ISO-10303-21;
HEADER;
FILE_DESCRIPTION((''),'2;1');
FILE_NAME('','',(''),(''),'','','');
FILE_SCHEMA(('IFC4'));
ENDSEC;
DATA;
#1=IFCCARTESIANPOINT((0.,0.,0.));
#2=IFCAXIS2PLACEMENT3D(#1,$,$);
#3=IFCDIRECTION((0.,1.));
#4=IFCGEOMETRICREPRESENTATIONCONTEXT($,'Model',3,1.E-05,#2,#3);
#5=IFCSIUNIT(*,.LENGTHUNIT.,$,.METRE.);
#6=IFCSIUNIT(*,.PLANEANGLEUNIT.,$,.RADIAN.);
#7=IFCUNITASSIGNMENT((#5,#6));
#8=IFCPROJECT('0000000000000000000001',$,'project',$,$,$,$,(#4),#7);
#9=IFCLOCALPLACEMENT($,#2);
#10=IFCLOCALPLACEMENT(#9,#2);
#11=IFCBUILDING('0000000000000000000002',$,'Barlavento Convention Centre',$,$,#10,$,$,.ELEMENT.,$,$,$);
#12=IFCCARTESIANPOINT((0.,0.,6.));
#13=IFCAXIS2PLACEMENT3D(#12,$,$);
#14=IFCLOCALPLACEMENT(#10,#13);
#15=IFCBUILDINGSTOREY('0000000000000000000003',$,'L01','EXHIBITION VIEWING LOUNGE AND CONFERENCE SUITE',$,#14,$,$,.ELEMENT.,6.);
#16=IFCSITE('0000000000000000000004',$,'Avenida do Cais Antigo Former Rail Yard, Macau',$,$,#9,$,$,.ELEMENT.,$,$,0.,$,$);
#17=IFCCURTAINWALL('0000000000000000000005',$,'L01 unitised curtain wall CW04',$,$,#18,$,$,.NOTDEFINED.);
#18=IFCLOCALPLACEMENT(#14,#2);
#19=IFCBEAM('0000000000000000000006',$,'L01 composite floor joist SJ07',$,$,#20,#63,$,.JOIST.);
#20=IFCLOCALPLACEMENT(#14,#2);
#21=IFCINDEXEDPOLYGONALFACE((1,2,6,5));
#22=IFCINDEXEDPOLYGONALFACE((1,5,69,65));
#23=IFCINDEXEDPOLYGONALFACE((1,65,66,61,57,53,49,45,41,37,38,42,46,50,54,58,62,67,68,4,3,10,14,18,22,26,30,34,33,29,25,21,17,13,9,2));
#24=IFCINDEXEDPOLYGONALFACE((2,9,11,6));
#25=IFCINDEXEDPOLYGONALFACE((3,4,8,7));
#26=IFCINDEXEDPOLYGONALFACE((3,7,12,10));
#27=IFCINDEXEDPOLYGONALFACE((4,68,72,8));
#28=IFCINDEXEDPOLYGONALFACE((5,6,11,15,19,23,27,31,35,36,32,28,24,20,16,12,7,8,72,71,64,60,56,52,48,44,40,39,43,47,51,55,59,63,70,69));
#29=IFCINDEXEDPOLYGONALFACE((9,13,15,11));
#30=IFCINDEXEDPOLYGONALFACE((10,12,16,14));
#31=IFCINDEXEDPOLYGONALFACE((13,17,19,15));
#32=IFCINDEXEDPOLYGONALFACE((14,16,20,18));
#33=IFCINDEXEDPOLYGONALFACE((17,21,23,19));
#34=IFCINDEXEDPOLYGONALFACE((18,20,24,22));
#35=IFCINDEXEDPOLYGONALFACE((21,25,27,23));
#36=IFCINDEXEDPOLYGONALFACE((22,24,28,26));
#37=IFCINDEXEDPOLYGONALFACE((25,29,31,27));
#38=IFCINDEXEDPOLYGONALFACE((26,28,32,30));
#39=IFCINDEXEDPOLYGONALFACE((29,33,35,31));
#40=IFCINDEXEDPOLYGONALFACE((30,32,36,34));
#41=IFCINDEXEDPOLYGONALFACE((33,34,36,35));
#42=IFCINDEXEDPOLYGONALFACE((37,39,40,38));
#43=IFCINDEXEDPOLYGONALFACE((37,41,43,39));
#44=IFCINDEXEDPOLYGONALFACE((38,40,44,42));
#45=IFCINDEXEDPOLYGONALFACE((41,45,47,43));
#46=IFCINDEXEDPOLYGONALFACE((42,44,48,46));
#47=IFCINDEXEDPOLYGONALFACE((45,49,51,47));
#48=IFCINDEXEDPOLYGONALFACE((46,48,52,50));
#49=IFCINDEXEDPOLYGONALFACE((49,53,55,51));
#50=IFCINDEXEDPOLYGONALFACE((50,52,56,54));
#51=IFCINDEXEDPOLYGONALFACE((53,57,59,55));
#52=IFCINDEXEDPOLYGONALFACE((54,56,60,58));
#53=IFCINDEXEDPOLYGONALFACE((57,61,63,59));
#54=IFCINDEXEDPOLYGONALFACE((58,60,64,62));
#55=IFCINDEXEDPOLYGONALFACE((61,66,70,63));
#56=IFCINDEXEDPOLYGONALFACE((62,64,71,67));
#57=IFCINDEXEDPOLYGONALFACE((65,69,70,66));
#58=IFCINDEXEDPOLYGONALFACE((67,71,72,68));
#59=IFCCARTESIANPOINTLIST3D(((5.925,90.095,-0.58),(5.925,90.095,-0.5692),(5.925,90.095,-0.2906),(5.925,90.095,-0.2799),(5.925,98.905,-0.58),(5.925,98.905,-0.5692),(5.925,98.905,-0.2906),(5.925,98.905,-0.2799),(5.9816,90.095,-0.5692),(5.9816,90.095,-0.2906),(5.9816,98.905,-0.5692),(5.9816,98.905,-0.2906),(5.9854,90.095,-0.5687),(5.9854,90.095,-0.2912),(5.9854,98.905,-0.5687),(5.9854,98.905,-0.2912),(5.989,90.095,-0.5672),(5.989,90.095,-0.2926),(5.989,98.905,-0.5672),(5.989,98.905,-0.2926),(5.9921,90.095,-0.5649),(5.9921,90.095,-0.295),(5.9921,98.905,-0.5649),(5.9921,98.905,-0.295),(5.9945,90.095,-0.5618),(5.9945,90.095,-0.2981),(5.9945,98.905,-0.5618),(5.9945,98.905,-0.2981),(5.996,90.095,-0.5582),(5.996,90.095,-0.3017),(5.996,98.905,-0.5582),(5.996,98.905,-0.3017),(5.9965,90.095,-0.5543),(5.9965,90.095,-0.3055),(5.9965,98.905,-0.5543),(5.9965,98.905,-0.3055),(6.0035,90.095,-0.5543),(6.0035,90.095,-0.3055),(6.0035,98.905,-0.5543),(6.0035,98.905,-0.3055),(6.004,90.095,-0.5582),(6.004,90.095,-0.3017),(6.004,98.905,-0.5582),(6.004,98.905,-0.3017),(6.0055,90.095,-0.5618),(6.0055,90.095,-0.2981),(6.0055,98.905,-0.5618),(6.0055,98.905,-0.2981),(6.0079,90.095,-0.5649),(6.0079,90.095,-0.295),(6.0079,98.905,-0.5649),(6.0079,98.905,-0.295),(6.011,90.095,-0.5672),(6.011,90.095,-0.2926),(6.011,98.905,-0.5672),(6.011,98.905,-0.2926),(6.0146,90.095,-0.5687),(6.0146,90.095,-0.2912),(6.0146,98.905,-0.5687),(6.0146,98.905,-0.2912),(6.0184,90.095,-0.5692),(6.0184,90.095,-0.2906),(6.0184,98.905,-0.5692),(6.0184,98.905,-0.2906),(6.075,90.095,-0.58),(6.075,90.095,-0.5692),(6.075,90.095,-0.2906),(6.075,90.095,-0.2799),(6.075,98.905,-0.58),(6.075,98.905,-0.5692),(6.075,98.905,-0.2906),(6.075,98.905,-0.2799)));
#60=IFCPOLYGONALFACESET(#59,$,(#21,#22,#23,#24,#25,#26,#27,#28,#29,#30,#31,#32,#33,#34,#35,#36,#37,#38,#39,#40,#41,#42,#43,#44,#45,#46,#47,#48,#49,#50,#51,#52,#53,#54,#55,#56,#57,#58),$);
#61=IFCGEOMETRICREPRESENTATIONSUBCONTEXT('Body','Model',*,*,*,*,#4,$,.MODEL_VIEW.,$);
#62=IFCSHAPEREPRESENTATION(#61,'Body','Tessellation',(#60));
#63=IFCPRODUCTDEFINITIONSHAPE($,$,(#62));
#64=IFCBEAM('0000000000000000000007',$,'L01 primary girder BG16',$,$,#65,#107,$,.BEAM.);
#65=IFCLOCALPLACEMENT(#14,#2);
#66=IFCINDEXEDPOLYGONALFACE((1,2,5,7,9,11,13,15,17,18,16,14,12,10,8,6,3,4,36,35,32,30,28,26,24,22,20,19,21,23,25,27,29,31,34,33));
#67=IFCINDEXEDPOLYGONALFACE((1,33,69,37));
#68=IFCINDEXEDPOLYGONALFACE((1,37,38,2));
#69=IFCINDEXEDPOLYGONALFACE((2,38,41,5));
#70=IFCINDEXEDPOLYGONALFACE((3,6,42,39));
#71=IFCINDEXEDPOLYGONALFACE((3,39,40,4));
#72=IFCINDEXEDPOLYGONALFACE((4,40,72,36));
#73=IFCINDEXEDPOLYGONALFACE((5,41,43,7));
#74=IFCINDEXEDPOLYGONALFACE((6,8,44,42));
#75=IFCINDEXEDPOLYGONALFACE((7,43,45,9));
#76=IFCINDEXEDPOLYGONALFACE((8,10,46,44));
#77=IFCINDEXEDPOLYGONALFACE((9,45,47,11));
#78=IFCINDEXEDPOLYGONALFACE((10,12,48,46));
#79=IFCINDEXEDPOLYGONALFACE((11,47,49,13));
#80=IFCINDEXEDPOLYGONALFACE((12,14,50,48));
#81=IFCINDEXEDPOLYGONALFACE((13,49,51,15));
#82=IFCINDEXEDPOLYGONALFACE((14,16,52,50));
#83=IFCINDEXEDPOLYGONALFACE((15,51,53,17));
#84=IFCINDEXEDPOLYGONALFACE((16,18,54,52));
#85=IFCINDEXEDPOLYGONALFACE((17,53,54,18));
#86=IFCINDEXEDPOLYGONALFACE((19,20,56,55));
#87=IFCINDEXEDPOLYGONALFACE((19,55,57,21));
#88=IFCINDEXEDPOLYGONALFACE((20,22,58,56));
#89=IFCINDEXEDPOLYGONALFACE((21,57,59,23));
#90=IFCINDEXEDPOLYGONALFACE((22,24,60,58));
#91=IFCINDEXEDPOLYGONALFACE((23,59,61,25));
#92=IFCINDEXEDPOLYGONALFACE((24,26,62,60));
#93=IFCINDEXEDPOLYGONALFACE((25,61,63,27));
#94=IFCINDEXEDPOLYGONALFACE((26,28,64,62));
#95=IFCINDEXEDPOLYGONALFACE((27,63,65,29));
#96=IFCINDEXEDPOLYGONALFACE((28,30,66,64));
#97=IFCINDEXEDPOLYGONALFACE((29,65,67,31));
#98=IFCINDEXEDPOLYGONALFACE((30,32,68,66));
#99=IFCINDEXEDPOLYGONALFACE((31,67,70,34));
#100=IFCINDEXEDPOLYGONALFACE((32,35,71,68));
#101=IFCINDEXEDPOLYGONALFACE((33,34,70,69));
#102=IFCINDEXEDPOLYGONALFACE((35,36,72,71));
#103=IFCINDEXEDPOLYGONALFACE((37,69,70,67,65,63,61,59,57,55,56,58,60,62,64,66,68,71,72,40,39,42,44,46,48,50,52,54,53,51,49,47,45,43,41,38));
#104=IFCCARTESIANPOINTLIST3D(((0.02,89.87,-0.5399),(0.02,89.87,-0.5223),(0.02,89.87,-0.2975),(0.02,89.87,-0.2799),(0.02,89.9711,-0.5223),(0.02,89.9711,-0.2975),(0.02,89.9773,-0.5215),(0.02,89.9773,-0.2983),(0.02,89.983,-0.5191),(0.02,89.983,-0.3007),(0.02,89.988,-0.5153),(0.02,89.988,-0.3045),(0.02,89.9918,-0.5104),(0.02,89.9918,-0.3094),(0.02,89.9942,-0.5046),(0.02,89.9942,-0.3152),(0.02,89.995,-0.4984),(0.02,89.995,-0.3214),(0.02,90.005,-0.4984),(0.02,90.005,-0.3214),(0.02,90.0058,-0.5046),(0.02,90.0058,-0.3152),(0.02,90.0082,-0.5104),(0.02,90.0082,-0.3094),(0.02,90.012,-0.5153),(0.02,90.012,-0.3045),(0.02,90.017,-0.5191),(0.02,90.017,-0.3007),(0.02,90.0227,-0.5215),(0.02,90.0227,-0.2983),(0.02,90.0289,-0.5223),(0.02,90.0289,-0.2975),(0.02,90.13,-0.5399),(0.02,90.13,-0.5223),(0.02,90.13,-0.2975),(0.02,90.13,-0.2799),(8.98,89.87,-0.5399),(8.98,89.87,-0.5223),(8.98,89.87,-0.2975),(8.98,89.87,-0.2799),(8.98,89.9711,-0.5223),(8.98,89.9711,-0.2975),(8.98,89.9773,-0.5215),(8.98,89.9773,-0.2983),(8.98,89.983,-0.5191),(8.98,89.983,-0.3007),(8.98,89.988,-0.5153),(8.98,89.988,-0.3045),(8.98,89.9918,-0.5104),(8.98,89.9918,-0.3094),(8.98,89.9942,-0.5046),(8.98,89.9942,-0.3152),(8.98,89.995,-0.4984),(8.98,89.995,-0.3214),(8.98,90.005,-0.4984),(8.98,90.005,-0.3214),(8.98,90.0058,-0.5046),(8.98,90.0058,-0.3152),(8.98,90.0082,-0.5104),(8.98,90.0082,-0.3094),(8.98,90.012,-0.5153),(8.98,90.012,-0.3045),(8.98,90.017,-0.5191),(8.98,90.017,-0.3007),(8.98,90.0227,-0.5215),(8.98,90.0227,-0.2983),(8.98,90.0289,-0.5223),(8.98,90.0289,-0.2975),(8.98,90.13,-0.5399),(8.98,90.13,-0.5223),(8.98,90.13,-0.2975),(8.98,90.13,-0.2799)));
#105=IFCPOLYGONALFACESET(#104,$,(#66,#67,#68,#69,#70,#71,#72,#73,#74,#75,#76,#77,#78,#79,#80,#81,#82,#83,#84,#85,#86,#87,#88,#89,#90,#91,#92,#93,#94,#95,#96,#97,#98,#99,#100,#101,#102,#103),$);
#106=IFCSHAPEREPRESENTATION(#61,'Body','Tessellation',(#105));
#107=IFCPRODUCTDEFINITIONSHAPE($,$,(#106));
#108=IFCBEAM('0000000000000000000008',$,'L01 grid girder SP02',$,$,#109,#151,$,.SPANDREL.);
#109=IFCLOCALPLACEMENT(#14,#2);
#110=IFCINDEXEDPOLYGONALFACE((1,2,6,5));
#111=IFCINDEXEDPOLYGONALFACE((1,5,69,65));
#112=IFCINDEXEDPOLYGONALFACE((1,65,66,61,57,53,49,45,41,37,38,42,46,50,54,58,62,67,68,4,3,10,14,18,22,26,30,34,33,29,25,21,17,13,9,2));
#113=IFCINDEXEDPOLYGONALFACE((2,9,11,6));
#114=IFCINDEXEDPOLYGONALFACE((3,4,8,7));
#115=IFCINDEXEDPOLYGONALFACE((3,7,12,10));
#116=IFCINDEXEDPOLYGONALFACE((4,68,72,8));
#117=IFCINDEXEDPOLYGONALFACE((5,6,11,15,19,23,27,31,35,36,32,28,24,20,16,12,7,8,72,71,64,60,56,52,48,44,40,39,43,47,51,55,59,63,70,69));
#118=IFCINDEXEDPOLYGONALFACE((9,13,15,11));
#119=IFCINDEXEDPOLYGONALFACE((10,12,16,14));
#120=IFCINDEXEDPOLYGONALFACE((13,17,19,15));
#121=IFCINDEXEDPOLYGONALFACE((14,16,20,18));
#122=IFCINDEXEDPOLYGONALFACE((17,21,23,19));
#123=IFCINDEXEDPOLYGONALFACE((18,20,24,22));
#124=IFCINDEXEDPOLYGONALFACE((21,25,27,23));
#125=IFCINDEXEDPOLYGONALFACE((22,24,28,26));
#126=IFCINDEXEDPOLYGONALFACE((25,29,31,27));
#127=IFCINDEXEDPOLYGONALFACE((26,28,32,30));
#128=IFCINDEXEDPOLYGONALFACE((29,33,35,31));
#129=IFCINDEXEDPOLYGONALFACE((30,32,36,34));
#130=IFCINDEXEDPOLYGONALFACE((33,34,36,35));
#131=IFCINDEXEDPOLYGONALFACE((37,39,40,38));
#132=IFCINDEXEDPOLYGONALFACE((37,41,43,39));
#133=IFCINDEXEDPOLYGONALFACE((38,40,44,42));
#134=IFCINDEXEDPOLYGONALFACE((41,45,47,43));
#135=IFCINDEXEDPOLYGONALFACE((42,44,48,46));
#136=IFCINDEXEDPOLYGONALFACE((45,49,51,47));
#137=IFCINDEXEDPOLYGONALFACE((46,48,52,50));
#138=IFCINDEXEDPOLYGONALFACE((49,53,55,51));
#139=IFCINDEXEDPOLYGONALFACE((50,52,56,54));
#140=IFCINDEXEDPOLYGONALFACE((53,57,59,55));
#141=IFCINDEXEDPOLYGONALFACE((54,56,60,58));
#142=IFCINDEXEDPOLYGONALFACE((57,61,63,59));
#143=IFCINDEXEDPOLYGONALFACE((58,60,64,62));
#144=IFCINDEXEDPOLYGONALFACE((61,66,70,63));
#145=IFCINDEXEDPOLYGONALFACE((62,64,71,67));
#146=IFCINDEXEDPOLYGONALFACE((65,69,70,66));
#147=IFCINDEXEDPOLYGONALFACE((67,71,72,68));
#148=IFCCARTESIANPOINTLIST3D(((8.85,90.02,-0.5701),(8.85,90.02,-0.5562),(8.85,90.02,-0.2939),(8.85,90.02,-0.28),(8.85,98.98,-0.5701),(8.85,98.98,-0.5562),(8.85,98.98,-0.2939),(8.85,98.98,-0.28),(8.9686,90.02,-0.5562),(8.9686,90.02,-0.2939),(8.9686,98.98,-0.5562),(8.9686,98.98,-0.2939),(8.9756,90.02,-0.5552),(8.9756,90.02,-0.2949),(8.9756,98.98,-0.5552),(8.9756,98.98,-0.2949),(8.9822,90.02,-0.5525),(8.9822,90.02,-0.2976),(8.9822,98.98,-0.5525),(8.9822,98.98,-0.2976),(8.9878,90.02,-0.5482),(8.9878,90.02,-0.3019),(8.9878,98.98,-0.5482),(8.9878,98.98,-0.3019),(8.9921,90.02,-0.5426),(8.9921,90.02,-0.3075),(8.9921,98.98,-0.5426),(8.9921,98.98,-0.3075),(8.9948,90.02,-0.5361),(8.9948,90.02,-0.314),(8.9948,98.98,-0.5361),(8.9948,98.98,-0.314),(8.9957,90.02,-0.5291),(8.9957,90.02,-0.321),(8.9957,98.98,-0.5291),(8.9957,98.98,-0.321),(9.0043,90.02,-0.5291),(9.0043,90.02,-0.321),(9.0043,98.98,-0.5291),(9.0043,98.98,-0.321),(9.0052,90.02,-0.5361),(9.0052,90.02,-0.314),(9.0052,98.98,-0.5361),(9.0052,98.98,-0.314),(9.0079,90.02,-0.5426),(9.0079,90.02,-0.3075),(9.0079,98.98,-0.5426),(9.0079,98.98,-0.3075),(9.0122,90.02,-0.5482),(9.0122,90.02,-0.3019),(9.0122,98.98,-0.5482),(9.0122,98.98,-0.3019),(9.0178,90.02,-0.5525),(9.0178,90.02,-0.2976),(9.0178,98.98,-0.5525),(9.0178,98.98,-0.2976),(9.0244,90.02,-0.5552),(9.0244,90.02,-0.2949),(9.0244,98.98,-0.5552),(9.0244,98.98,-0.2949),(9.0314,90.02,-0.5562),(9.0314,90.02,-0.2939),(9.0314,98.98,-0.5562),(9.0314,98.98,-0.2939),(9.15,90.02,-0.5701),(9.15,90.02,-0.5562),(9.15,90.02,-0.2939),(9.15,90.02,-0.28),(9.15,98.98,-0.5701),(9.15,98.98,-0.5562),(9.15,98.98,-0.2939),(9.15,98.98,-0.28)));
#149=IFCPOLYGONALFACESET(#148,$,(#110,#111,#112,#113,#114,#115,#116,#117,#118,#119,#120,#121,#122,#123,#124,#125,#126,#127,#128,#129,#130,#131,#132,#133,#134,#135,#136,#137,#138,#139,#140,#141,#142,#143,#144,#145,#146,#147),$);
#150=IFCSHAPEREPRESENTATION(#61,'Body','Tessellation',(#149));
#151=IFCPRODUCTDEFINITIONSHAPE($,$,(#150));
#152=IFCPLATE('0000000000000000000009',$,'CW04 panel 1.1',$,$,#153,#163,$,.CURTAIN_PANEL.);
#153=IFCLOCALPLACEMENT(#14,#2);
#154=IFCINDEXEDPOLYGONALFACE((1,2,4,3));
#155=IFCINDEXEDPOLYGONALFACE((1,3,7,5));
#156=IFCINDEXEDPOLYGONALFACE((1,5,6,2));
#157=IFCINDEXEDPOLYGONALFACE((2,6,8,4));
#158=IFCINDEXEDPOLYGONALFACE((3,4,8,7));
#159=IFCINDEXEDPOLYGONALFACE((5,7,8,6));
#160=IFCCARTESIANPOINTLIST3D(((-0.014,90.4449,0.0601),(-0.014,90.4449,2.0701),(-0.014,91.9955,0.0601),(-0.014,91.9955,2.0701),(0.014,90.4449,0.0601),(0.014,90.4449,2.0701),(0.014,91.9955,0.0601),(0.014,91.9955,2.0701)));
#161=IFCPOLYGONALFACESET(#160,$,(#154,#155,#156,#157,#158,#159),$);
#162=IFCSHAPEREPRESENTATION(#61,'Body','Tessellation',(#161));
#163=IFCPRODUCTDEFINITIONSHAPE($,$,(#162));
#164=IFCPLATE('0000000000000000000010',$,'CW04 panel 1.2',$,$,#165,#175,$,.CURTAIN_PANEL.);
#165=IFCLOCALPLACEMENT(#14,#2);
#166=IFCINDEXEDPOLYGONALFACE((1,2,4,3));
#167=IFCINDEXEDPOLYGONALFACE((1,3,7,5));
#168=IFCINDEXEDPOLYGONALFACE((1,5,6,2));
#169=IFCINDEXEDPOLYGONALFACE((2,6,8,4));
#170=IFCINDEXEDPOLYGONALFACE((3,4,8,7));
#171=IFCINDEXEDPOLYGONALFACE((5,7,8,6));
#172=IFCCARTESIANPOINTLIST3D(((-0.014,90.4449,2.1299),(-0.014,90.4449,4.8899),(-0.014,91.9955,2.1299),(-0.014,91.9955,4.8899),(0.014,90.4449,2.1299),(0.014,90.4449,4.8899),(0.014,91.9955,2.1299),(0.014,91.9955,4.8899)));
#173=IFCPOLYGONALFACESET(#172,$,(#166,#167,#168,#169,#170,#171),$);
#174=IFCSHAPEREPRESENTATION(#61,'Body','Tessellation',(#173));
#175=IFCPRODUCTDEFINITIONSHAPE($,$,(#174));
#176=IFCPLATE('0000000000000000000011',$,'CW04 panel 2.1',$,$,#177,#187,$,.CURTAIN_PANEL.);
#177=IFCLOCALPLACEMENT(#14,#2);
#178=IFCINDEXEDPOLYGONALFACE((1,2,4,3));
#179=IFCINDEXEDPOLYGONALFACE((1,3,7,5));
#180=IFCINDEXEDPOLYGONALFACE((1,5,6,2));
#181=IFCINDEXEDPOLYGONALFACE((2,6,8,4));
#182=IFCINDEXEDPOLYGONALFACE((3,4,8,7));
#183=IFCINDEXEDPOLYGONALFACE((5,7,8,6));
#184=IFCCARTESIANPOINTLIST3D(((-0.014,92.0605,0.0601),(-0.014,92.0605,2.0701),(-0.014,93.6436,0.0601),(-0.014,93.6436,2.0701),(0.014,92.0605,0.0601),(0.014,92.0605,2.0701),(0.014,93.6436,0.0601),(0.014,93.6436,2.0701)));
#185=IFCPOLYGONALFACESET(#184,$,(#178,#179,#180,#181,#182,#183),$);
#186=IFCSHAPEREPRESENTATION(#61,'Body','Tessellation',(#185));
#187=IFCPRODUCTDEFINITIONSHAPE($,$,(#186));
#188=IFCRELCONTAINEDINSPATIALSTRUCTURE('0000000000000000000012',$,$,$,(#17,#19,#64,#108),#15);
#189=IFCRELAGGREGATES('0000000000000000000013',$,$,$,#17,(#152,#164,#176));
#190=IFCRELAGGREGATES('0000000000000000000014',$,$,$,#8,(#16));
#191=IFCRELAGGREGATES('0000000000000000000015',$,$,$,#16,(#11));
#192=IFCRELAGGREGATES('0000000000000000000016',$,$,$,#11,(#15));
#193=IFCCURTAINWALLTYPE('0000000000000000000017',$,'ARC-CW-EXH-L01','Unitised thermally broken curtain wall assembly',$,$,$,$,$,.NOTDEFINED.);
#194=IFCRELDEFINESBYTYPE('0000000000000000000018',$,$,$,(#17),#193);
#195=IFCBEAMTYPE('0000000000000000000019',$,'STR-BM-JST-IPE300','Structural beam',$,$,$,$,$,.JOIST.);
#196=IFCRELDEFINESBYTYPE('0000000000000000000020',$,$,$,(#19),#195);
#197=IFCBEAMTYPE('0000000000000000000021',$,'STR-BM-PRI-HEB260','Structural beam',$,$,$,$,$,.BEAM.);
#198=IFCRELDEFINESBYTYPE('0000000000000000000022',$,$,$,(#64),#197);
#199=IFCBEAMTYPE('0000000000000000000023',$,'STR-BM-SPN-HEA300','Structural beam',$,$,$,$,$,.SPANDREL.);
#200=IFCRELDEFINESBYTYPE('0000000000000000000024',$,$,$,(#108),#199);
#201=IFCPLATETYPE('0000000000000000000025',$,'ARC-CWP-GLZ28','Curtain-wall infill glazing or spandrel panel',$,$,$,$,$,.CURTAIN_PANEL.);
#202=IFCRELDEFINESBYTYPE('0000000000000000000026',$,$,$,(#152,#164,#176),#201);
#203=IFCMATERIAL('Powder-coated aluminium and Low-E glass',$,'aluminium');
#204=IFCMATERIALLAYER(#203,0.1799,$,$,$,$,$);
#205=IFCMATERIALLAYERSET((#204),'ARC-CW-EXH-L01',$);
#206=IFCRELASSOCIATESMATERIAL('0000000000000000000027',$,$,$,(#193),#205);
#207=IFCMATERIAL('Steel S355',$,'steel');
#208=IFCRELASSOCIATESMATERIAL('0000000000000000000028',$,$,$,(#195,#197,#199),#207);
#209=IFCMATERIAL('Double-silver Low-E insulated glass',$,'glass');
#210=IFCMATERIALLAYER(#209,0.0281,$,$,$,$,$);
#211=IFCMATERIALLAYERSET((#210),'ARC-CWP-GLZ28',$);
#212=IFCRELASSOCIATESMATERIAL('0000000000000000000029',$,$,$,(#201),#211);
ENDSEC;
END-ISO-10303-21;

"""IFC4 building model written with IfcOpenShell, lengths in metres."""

from ifc_helpers import new_model, si_unit, direction, frame, origin, origin_2d, place, context, subcontext, project, spatial, rectangle, i_section, extrude, material, layer, layer_set, material_profile, profile_set, type_object, element, aggregate, save


model = new_model("IFC4")

# Units and contexts
model_context = context("Model", 3, precision=1e-05, world=origin(), true_north=direction((0.0, 1.0)))
body_context = subcontext(model_context, "Body", "Model", "MODEL_VIEW")
ifc_project = project(units=[si_unit("LENGTHUNIT", "METRE"), si_unit("PLANEANGLEUNIT", "RADIAN")], contexts=[model_context])

# Site, building, storey
site_placement = place(None, origin())
site = spatial("IfcSite", under=ifc_project, at=site_placement, Name="Avenida do Cais Antigo Former Rail Yard, Macau", CompositionType="ELEMENT", RefElevation=0.0)
building_placement = place(site_placement, origin())
building = spatial("IfcBuilding", under=site, at=building_placement, Name="Barlavento Convention Centre", CompositionType="ELEMENT")
storey_placement = place(building_placement, frame((0.0, 0.0, 6.0)))
storey = spatial("IfcBuildingStorey", under=building, at=storey_placement, Name="L01", Description="EXHIBITION VIEWING LOUNGE AND CONFERENCE SUITE", CompositionType="ELEMENT", Elevation=6.0)

# Curtain wall
ifc_material_1 = material(Name="Powder-coated aluminium and Low-E glass", Category="aluminium")
ifc_layer_1 = layer(ifc_material_1, 0.1799)
ifc_layer_set_1 = layer_set([ifc_layer_1], Name="ARC-CW-EXH-L01")
curtain_wall_type = type_object("IfcCurtainWallType", Name="ARC-CW-EXH-L01", Description="Unitised thermally broken curtain wall assembly", PredefinedType="NOTDEFINED", material=ifc_layer_set_1)
curtain_wall_placement = place(storey_placement, origin())
curtain_wall = element("IfcCurtainWall", 1, at=curtain_wall_placement, inside=storey, type_object=curtain_wall_type, Name="L01 unitised curtain wall CW04", PredefinedType="NOTDEFINED")

# Beams
ifc_material_2 = material(Name="Steel S355", Category="steel")
ifc_material_profile_1 = material_profile(ifc_material_2, i_section(OverallWidth=0.1499, OverallDepth=0.3, WebThickness=0.0071, FlangeThickness=0.0107, FilletRadius=0.0149, at=origin_2d()), Name="IPE 300")
ifc_profile_set_1 = profile_set([ifc_material_profile_1], Name="Steel S355")
beam_type_1 = type_object("IfcBeamType", Name="STR-BM-JST-IPE300", Description="Structural beam", PredefinedType="JOIST", material=ifc_profile_set_1)
beam_1_placement = place(storey_placement, frame((6.0, 90.095, -0.4299), z_axis=(0.0, 1.0, 0.0), x_axis=(-1.0, 0.0, 0.0)))
element("IfcBeam", 2, at=beam_1_placement, inside=storey, type_object=beam_type_1, Name="L01 composite floor joist SJ07", PredefinedType="JOIST", context=body_context, shape_type="SweptSolid", body=[
    extrude(i_section(OverallWidth=0.1499, OverallDepth=0.3, WebThickness=0.0071, FlangeThickness=0.0107, FilletRadius=0.0149, at=origin_2d()), origin(), (0.0, 0.0, 1.0), 8.8101),
])
ifc_material_profile_2 = material_profile(ifc_material_2, i_section(OverallWidth=0.26, OverallDepth=0.26, WebThickness=0.01, FlangeThickness=0.0176, FilletRadius=0.0239, at=origin_2d()), Name="HEB 260")
ifc_profile_set_2 = profile_set([ifc_material_profile_2], Name="Steel S355")
beam_type_2 = type_object("IfcBeamType", Name="STR-BM-PRI-HEB260", Description="Structural beam", PredefinedType="BEAM", material=ifc_profile_set_2)
beam_2_placement = place(storey_placement, frame((0.02, 90.0, -0.4099), z_axis=(1.0, 0.0, 0.0), x_axis=(0.0, 1.0, 0.0)))
element("IfcBeam", 3, at=beam_2_placement, inside=storey, type_object=beam_type_2, Name="L01 primary girder BG16", PredefinedType="BEAM", context=body_context, shape_type="SweptSolid", body=[
    extrude(i_section(OverallWidth=0.26, OverallDepth=0.26, WebThickness=0.01, FlangeThickness=0.0176, FilletRadius=0.0239, at=origin_2d()), origin(), (0.0, 0.0, 1.0), 8.96),
])
ifc_material_profile_3 = material_profile(ifc_material_2, i_section(OverallWidth=0.3, OverallDepth=0.29, WebThickness=0.0085, FlangeThickness=0.0139, FilletRadius=0.0271, at=origin_2d()), Name="HEA 300")
ifc_profile_set_3 = profile_set([ifc_material_profile_3], Name="Steel S355")
beam_type_3 = type_object("IfcBeamType", Name="STR-BM-SPN-HEA300", Description="Structural beam", PredefinedType="SPANDREL", material=ifc_profile_set_3)
beam_3_placement = place(storey_placement, frame((9.0, 90.02, -0.425), z_axis=(0.0, 1.0, 0.0), x_axis=(-1.0, 0.0, 0.0)))
element("IfcBeam", 4, at=beam_3_placement, inside=storey, type_object=beam_type_3, Name="L01 grid girder SP02", PredefinedType="SPANDREL", context=body_context, shape_type="SweptSolid", body=[
    extrude(i_section(OverallWidth=0.3, OverallDepth=0.29, WebThickness=0.0085, FlangeThickness=0.0139, FilletRadius=0.0271, at=origin_2d()), origin(), (0.0, 0.0, 1.0), 8.96),
])

# Plates
ifc_material_3 = material(Name="Double-silver Low-E insulated glass", Category="glass")
ifc_layer_2 = layer(ifc_material_3, 0.0281)
ifc_layer_set_2 = layer_set([ifc_layer_2], Name="ARC-CWP-GLZ28")
plate_type = type_object("IfcPlateType", Name="ARC-CWP-GLZ28", Description="Curtain-wall infill glazing or spandrel panel", PredefinedType="CURTAIN_PANEL", material=ifc_layer_set_2)
plate_1_placement = place(storey_placement, frame((0.0, 91.2202, 0.0601), z_axis=(0.0, 0.0, 1.0), x_axis=(0.0, 1.0, 0.0)))
plate_1 = element("IfcPlate", 5, at=plate_1_placement, type_object=plate_type, Name="CW04 panel 1.1", PredefinedType="CURTAIN_PANEL", context=body_context, shape_type="SweptSolid", body=[
    extrude(rectangle(XDim=1.5505, YDim=0.0281, at=origin_2d()), origin(), (0.0, 0.0, 1.0), 2.01),
])
plate_2_placement = place(storey_placement, frame((0.0, 91.2202, 2.1299), z_axis=(0.0, 0.0, 1.0), x_axis=(0.0, 1.0, 0.0)))
plate_2 = element("IfcPlate", 6, at=plate_2_placement, type_object=plate_type, Name="CW04 panel 1.2", PredefinedType="CURTAIN_PANEL", context=body_context, shape_type="SweptSolid", body=[
    extrude(rectangle(XDim=1.5505, YDim=0.0281, at=origin_2d()), origin(), (0.0, 0.0, 1.0), 2.76),
])
plate_3_placement = place(storey_placement, frame((0.0, 92.8521, 0.0601), z_axis=(0.0, 0.0, 1.0), x_axis=(0.0, 1.0, 0.0)))
plate_3 = element("IfcPlate", 7, at=plate_3_placement, type_object=plate_type, Name="CW04 panel 2.1", PredefinedType="CURTAIN_PANEL", context=body_context, shape_type="SweptSolid", body=[
    extrude(rectangle(XDim=1.583, YDim=0.0281, at=origin_2d()), origin(), (0.0, 0.0, 1.0), 2.01),
])
aggregate(curtain_wall, [plate_1, plate_2, plate_3])

save(model, "model.ifc")
